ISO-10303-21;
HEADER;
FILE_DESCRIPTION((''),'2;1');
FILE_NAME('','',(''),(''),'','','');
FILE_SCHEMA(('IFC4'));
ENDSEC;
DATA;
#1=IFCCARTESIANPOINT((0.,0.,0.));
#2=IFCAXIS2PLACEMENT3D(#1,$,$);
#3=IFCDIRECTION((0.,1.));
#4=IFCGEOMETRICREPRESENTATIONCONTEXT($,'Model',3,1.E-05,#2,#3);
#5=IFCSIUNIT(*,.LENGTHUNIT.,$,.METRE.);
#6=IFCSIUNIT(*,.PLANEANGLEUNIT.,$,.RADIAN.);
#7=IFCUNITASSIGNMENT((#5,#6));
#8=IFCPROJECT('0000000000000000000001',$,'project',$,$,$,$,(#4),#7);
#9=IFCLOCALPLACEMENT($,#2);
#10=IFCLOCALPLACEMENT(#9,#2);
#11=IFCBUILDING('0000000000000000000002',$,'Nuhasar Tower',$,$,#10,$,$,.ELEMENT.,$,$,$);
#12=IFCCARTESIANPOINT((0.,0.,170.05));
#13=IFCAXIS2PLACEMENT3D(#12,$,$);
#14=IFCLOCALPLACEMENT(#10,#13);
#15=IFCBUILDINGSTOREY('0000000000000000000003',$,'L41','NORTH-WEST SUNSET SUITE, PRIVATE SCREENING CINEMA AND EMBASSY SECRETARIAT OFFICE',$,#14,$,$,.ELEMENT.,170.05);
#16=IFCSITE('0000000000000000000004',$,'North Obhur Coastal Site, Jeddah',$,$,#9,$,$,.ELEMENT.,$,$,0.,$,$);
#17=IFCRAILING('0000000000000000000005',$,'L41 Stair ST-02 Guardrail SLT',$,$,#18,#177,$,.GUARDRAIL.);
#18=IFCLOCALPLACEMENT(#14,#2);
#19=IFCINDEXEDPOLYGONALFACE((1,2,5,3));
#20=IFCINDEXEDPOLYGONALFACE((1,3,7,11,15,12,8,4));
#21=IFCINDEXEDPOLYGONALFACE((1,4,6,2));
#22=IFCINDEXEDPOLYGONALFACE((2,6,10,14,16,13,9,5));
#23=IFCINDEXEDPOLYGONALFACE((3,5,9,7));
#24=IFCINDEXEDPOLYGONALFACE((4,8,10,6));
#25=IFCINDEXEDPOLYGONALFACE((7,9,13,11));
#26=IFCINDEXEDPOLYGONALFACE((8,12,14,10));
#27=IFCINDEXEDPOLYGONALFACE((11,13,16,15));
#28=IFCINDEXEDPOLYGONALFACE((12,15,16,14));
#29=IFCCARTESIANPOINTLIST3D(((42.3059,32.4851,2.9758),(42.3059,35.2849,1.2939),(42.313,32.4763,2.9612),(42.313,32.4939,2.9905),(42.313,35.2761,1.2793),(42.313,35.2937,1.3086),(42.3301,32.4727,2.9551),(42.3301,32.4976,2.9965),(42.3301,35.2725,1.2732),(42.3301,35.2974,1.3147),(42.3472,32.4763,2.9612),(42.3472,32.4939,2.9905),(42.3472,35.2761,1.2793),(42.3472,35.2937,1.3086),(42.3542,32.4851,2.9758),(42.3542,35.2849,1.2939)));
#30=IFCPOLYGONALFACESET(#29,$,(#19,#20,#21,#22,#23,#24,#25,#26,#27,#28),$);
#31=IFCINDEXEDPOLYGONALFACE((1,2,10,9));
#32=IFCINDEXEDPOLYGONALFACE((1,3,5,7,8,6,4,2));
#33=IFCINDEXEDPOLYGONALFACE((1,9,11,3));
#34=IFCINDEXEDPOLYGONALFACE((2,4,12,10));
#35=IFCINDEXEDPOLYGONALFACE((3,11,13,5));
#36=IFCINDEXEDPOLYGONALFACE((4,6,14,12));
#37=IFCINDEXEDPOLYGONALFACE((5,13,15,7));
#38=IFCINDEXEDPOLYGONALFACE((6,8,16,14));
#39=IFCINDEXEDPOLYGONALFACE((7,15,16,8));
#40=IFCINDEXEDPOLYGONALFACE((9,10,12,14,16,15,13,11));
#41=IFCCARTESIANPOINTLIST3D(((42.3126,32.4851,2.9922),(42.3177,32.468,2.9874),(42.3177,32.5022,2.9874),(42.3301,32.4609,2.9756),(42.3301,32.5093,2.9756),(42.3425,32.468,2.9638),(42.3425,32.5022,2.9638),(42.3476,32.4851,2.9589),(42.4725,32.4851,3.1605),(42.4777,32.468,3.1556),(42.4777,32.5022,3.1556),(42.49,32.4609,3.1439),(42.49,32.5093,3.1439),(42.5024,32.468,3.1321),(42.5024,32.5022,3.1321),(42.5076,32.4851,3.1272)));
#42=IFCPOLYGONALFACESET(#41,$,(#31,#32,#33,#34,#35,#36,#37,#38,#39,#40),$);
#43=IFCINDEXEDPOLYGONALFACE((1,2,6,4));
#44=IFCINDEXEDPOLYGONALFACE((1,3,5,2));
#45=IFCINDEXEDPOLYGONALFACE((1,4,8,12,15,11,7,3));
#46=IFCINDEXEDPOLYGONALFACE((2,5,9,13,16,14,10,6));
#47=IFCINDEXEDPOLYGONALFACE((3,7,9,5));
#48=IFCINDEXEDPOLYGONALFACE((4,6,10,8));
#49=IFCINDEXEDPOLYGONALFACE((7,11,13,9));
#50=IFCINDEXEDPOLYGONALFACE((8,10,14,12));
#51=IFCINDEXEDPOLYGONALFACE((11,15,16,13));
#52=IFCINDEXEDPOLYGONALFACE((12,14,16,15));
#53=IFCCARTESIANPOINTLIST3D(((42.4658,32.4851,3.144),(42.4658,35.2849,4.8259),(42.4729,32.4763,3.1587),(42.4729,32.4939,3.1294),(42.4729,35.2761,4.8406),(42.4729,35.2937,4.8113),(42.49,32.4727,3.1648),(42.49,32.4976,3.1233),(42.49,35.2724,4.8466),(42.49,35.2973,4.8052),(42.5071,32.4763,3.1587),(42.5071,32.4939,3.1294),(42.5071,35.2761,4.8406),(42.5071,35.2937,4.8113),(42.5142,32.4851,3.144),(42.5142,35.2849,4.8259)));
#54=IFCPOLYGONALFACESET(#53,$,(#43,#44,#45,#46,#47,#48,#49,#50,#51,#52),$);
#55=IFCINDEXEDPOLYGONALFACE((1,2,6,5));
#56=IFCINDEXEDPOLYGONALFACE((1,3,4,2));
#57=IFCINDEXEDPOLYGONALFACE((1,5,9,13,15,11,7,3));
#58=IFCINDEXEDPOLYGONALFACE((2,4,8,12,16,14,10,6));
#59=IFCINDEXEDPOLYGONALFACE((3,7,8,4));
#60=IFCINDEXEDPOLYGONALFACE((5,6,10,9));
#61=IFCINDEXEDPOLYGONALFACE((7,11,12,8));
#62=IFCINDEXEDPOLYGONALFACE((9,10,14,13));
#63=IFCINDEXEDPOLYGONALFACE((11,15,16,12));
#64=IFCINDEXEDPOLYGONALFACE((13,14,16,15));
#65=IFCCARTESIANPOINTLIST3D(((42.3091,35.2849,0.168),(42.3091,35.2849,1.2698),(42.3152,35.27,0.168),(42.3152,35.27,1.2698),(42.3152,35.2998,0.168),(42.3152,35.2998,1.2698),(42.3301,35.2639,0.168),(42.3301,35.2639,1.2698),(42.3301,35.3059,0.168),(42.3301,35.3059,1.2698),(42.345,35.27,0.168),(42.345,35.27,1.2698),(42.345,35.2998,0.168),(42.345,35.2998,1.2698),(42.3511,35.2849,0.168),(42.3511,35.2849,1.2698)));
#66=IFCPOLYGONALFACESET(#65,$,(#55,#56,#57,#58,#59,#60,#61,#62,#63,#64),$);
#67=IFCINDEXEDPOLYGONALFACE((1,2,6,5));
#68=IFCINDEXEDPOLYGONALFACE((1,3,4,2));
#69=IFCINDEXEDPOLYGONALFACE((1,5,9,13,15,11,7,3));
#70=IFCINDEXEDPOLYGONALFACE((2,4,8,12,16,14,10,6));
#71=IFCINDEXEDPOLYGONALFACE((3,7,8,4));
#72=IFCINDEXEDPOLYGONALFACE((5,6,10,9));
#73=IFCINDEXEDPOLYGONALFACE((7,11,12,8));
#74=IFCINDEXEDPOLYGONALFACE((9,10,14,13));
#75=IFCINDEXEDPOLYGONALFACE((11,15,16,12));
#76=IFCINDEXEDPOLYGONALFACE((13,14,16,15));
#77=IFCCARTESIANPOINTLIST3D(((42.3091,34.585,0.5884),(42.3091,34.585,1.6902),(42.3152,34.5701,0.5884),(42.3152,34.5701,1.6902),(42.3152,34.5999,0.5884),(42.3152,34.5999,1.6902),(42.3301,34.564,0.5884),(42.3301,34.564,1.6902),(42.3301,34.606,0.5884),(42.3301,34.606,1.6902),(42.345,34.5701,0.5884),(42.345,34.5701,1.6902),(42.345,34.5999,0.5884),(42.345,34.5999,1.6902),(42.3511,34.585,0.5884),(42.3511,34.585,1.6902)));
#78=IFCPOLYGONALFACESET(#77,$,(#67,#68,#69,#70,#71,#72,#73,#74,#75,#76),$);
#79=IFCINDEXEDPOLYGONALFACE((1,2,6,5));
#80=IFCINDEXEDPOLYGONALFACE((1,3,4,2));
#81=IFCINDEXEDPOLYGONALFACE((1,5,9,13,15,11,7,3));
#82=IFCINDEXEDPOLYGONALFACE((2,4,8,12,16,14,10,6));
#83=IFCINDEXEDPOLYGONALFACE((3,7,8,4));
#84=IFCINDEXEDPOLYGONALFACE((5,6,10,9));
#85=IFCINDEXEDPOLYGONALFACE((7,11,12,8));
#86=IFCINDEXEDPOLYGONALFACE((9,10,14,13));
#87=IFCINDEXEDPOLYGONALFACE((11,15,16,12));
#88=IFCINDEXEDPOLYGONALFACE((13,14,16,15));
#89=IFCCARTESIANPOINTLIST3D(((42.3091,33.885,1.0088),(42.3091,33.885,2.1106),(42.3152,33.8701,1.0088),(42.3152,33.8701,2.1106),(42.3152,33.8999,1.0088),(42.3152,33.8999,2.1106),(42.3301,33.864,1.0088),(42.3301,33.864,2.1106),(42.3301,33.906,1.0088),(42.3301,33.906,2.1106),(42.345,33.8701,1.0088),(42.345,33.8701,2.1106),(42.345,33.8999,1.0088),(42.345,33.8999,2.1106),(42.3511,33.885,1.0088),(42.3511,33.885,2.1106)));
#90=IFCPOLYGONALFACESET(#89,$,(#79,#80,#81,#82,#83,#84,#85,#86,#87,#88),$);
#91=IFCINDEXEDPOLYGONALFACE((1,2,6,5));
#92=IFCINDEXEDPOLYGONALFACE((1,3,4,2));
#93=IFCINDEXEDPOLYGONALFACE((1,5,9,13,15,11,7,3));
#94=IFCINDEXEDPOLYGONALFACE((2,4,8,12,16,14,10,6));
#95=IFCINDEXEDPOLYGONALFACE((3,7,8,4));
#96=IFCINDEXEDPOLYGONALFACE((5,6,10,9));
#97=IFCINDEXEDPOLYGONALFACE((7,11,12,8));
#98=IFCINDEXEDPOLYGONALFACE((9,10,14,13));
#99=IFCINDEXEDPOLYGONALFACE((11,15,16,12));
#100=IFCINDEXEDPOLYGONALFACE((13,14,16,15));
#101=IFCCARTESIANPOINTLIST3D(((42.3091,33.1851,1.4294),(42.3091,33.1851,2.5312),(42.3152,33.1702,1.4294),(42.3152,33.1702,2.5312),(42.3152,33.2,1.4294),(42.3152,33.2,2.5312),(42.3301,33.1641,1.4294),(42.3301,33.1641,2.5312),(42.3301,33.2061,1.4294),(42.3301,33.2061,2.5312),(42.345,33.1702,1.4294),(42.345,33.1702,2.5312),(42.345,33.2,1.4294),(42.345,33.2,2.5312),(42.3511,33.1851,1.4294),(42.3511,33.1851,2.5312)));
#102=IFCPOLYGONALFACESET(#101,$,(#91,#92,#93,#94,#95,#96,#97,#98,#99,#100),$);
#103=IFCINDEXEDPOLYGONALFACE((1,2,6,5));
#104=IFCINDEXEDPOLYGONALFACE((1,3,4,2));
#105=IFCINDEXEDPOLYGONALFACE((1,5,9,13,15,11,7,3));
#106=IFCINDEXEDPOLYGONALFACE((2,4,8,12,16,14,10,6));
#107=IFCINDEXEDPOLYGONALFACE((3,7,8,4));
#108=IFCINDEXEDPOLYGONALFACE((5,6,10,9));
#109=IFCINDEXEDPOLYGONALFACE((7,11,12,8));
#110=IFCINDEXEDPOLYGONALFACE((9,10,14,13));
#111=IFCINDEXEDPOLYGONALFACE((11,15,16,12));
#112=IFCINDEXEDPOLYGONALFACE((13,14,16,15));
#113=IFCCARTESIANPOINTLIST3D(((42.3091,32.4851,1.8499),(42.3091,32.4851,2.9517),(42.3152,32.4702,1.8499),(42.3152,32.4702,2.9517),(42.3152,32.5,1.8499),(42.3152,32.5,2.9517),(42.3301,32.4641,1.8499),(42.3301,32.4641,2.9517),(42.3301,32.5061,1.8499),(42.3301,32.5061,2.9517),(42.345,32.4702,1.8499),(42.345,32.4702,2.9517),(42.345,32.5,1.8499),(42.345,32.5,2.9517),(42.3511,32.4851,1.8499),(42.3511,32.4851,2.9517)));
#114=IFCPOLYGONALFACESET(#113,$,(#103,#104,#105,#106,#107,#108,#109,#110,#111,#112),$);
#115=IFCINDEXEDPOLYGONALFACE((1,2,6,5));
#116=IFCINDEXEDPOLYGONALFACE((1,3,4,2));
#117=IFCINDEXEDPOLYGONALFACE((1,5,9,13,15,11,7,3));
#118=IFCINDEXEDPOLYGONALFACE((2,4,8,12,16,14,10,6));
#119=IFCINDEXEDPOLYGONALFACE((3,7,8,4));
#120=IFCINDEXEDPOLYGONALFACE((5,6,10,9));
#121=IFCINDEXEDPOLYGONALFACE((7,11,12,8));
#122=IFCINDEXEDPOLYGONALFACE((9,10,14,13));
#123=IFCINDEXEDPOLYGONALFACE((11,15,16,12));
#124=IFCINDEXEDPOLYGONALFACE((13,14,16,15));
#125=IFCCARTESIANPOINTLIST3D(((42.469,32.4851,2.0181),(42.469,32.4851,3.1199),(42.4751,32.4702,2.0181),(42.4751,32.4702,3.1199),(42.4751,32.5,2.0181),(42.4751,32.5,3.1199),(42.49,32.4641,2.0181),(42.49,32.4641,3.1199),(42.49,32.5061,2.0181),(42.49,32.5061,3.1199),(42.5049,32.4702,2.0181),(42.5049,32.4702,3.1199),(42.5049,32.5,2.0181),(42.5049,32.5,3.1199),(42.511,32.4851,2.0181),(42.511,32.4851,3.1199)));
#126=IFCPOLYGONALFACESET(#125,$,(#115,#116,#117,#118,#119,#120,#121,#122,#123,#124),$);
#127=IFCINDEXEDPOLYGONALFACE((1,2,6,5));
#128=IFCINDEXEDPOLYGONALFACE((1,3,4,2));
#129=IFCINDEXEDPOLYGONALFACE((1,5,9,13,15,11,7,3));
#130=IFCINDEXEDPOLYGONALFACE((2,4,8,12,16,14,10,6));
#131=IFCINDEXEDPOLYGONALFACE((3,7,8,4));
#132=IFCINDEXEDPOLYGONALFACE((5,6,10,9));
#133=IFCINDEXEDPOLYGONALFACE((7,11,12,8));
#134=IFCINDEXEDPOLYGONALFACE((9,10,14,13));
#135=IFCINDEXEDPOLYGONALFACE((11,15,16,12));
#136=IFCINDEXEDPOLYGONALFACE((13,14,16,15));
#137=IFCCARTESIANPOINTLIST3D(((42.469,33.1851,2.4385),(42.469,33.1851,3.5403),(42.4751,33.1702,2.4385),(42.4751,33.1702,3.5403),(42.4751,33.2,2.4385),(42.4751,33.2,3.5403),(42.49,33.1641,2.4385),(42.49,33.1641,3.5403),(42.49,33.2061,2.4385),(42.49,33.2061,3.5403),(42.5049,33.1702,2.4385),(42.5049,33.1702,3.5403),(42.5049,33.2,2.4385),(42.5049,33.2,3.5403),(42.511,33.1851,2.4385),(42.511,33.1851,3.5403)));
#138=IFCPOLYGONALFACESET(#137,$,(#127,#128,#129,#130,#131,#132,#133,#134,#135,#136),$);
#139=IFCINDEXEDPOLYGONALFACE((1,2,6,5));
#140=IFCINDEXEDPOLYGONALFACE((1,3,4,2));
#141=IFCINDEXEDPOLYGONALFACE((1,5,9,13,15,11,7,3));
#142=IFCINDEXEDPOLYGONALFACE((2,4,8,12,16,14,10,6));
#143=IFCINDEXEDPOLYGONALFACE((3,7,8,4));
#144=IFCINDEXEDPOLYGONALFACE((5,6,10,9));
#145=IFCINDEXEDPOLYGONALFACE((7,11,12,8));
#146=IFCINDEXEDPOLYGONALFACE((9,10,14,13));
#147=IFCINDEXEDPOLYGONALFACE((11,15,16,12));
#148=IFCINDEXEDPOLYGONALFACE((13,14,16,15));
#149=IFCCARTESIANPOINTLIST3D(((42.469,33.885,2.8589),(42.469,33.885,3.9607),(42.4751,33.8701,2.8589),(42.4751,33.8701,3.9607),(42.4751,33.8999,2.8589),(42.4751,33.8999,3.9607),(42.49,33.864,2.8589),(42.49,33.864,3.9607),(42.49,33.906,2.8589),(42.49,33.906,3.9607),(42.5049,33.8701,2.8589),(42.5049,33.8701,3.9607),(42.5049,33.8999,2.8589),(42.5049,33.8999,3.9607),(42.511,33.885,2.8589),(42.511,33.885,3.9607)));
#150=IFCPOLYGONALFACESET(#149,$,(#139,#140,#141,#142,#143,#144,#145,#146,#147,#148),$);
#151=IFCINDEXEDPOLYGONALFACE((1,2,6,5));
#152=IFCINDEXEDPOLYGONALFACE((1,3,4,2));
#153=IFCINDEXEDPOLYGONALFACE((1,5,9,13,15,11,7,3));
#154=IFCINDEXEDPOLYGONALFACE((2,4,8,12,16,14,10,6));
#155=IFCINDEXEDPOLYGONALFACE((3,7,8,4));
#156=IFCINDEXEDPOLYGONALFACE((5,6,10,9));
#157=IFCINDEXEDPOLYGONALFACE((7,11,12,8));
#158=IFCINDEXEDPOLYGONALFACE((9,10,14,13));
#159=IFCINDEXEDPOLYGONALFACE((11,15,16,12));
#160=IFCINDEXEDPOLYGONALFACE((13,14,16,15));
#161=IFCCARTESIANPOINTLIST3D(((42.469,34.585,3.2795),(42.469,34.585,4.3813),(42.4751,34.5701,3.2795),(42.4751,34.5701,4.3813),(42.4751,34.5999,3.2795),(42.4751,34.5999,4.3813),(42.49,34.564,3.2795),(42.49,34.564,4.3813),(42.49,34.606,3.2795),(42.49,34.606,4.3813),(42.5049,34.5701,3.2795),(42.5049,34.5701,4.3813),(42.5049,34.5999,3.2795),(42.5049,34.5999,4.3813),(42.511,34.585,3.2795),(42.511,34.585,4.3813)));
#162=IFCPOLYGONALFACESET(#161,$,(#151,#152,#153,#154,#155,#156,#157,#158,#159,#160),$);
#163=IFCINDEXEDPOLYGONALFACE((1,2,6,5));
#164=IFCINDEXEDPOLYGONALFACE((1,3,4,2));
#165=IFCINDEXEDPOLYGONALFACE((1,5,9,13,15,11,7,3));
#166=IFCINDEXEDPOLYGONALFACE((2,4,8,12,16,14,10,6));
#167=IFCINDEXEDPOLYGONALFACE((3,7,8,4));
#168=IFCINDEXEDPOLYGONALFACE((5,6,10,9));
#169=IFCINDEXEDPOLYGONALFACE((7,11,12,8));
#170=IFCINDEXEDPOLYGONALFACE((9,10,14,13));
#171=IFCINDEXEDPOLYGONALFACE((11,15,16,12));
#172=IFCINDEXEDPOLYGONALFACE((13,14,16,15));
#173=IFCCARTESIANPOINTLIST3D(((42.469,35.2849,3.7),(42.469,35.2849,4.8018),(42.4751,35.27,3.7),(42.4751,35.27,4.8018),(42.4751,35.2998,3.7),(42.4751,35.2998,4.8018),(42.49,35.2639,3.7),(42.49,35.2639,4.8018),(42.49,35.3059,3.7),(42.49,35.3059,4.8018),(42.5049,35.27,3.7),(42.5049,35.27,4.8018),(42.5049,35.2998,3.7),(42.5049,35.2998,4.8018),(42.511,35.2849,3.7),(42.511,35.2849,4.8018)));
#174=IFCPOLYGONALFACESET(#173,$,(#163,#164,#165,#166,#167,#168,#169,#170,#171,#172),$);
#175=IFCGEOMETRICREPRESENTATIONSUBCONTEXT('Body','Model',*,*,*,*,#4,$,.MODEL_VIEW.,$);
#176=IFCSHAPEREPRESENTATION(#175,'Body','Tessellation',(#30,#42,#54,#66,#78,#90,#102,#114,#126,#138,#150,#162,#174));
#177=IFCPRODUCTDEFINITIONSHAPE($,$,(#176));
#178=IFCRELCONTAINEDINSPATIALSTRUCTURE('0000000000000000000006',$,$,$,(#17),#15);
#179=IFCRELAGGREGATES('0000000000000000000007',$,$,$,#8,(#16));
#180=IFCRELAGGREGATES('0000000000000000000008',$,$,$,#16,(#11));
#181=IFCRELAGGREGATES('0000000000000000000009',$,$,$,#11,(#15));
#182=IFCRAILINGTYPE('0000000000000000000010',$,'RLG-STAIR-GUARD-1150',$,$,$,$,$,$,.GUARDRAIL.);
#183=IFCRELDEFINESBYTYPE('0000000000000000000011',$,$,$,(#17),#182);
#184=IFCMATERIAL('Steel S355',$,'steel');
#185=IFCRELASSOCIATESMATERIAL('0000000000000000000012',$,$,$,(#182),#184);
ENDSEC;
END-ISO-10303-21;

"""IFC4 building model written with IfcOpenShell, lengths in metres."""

from ifc_helpers import new_model, si_unit, direction, frame, origin, place, context, subcontext, project, spatial, polyline, outline, extrude, material, type_object, element, save


model = new_model("IFC4")

# Units and contexts
model_context = context("Model", 3, precision=1e-05, world=origin(), true_north=direction((0.0, 1.0)))
body_context = subcontext(model_context, "Body", "Model", "MODEL_VIEW")
ifc_project = project(units=[si_unit("LENGTHUNIT", "METRE"), si_unit("PLANEANGLEUNIT", "RADIAN")], contexts=[model_context])

# Site, building, storey
site_placement = place(None, origin())
site = spatial("IfcSite", under=ifc_project, at=site_placement, Name="North Obhur Coastal Site, Jeddah", CompositionType="ELEMENT", RefElevation=0.0)
building_placement = place(site_placement, origin())
building = spatial("IfcBuilding", under=site, at=building_placement, Name="Nuhasar Tower", CompositionType="ELEMENT")
storey_placement = place(building_placement, frame((0.0, 0.0, 170.05)))
storey = spatial("IfcBuildingStorey", under=building, at=storey_placement, Name="L41", Description="NORTH-WEST SUNSET SUITE, PRIVATE SCREENING CINEMA AND EMBASSY SECRETARIAT OFFICE", CompositionType="ELEMENT", Elevation=170.05)

# Shared definitions
ifc_material_1 = material(Name="Steel S355", Category="steel")

# Railing
railing_type_1 = type_object("IfcRailingType", Name="RLG-STAIR-GUARD-1150", PredefinedType="GUARDRAIL", material=ifc_material_1)
railing_1_placement = place(storey_placement, frame((42.3301, 35.2849, 0.168)))
element("IfcRailing", 1, at=railing_1_placement, inside=storey, type_object=railing_type_1, Name="L41 Stair ST-02 Guardrail SLT", PredefinedType="GUARDRAIL", context=body_context, shape_type="SweptSolid", body=[
    extrude(outline(polyline([(0.0242, 0.0), (0.0171, 0.0171), (0.0, 0.0242), (-0.0171, 0.0171), (-0.0242, 0.0), (-0.0171, -0.0171), (0.0, -0.0242), (0.0171, -0.0171), (0.0242, 0.0)])), frame((0.0, 0.0, 1.126), z_axis=(0.0, -0.857222, 0.514946), x_axis=(1.0, 0.0, 0.0)), (0.0, 0.0, 1.0), 3.2661),
    extrude(outline(polyline([(0.0242, 0.0), (0.0171, 0.0171), (0.0, 0.0242), (-0.0171, 0.0171), (-0.0242, 0.0), (-0.0171, -0.0171), (0.0, -0.0242), (0.0171, -0.0171), (0.0242, 0.0)])), frame((0.0, -2.7998, 2.8076), z_axis=(0.688998, 0.0, 0.724763), x_axis=(0.0, 1.0, 0.0)), (0.0, 0.0, 1.0), 0.2322),
    extrude(outline(polyline([(0.0242, 0.0), (0.0171, 0.0171), (0.0, 0.0242), (-0.0171, 0.0171), (-0.0242, 0.0), (-0.0171, -0.0171), (0.0, -0.0242), (0.0171, -0.0171), (0.0242, 0.0)])), frame((0.1599, -2.7998, 2.9761), z_axis=(0.0, 0.857222, 0.514946), x_axis=(-1.0, 0.0, 0.0)), (0.0, 0.0, 1.0), 3.2661),
    extrude(outline(polyline([(0.021, 0.0), (0.0149, 0.0149), (0.0, 0.021), (-0.0149, 0.0149), (-0.021, 0.0), (-0.0149, -0.0149), (0.0, -0.021), (0.0149, -0.0149), (0.021, 0.0)])), origin(), (0.0, 0.0, 1.0), 1.1018),
    extrude(outline(polyline([(0.021, 0.0), (0.0149, 0.0149), (0.0, 0.021), (-0.0149, 0.0149), (-0.021, 0.0), (-0.0149, -0.0149), (0.0, -0.021), (0.0149, -0.0149), (0.021, 0.0)])), frame((0.0, -0.7, 0.4204)), (0.0, 0.0, 1.0), 1.1018),
    extrude(outline(polyline([(0.021, 0.0), (0.0149, 0.0149), (0.0, 0.021), (-0.0149, 0.0149), (-0.021, 0.0), (-0.0149, -0.0149), (0.0, -0.021), (0.0149, -0.0149), (0.021, 0.0)])), frame((0.0, -1.3999, 0.8408)), (0.0, 0.0, 1.0), 1.1018),
    extrude(outline(polyline([(0.021, 0.0), (0.0149, 0.0149), (0.0, 0.021), (-0.0149, 0.0149), (-0.021, 0.0), (-0.0149, -0.0149), (0.0, -0.021), (0.0149, -0.0149), (0.021, 0.0)])), frame((0.0, -2.0999, 1.2615)), (0.0, 0.0, 1.0), 1.1018),
    extrude(outline(polyline([(0.021, 0.0), (0.0149, 0.0149), (0.0, 0.021), (-0.0149, 0.0149), (-0.021, 0.0), (-0.0149, -0.0149), (0.0, -0.021), (0.0149, -0.0149), (0.021, 0.0)])), frame((0.0, -2.7998, 1.6819)), (0.0, 0.0, 1.0), 1.1018),
    extrude(outline(polyline([(0.021, 0.0), (0.0149, 0.0149), (0.0, 0.021), (-0.0149, 0.0149), (-0.021, 0.0), (-0.0149, -0.0149), (0.0, -0.021), (0.0149, -0.0149), (0.021, 0.0)])), frame((0.1599, -2.7998, 1.8501)), (0.0, 0.0, 1.0), 1.1018),
    extrude(outline(polyline([(0.021, 0.0), (0.0149, 0.0149), (0.0, 0.021), (-0.0149, 0.0149), (-0.021, 0.0), (-0.0149, -0.0149), (0.0, -0.021), (0.0149, -0.0149), (0.021, 0.0)])), frame((0.1599, -2.0999, 2.2705)), (0.0, 0.0, 1.0), 1.1018),
    extrude(outline(polyline([(0.021, 0.0), (0.0149, 0.0149), (0.0, 0.021), (-0.0149, 0.0149), (-0.021, 0.0), (-0.0149, -0.0149), (0.0, -0.021), (0.0149, -0.0149), (0.021, 0.0)])), frame((0.1599, -1.3999, 2.6909)), (0.0, 0.0, 1.0), 1.1018),
    extrude(outline(polyline([(0.021, 0.0), (0.0149, 0.0149), (0.0, 0.021), (-0.0149, 0.0149), (-0.021, 0.0), (-0.0149, -0.0149), (0.0, -0.021), (0.0149, -0.0149), (0.021, 0.0)])), frame((0.1599, -0.7, 3.1116)), (0.0, 0.0, 1.0), 1.1018),
    extrude(outline(polyline([(0.021, 0.0), (0.0149, 0.0149), (0.0, 0.021), (-0.0149, 0.0149), (-0.021, 0.0), (-0.0149, -0.0149), (0.0, -0.021), (0.0149, -0.0149), (0.021, 0.0)])), frame((0.1599, 0.0, 3.532)), (0.0, 0.0, 1.0), 1.1018),
])

save(model, "model.ifc")
